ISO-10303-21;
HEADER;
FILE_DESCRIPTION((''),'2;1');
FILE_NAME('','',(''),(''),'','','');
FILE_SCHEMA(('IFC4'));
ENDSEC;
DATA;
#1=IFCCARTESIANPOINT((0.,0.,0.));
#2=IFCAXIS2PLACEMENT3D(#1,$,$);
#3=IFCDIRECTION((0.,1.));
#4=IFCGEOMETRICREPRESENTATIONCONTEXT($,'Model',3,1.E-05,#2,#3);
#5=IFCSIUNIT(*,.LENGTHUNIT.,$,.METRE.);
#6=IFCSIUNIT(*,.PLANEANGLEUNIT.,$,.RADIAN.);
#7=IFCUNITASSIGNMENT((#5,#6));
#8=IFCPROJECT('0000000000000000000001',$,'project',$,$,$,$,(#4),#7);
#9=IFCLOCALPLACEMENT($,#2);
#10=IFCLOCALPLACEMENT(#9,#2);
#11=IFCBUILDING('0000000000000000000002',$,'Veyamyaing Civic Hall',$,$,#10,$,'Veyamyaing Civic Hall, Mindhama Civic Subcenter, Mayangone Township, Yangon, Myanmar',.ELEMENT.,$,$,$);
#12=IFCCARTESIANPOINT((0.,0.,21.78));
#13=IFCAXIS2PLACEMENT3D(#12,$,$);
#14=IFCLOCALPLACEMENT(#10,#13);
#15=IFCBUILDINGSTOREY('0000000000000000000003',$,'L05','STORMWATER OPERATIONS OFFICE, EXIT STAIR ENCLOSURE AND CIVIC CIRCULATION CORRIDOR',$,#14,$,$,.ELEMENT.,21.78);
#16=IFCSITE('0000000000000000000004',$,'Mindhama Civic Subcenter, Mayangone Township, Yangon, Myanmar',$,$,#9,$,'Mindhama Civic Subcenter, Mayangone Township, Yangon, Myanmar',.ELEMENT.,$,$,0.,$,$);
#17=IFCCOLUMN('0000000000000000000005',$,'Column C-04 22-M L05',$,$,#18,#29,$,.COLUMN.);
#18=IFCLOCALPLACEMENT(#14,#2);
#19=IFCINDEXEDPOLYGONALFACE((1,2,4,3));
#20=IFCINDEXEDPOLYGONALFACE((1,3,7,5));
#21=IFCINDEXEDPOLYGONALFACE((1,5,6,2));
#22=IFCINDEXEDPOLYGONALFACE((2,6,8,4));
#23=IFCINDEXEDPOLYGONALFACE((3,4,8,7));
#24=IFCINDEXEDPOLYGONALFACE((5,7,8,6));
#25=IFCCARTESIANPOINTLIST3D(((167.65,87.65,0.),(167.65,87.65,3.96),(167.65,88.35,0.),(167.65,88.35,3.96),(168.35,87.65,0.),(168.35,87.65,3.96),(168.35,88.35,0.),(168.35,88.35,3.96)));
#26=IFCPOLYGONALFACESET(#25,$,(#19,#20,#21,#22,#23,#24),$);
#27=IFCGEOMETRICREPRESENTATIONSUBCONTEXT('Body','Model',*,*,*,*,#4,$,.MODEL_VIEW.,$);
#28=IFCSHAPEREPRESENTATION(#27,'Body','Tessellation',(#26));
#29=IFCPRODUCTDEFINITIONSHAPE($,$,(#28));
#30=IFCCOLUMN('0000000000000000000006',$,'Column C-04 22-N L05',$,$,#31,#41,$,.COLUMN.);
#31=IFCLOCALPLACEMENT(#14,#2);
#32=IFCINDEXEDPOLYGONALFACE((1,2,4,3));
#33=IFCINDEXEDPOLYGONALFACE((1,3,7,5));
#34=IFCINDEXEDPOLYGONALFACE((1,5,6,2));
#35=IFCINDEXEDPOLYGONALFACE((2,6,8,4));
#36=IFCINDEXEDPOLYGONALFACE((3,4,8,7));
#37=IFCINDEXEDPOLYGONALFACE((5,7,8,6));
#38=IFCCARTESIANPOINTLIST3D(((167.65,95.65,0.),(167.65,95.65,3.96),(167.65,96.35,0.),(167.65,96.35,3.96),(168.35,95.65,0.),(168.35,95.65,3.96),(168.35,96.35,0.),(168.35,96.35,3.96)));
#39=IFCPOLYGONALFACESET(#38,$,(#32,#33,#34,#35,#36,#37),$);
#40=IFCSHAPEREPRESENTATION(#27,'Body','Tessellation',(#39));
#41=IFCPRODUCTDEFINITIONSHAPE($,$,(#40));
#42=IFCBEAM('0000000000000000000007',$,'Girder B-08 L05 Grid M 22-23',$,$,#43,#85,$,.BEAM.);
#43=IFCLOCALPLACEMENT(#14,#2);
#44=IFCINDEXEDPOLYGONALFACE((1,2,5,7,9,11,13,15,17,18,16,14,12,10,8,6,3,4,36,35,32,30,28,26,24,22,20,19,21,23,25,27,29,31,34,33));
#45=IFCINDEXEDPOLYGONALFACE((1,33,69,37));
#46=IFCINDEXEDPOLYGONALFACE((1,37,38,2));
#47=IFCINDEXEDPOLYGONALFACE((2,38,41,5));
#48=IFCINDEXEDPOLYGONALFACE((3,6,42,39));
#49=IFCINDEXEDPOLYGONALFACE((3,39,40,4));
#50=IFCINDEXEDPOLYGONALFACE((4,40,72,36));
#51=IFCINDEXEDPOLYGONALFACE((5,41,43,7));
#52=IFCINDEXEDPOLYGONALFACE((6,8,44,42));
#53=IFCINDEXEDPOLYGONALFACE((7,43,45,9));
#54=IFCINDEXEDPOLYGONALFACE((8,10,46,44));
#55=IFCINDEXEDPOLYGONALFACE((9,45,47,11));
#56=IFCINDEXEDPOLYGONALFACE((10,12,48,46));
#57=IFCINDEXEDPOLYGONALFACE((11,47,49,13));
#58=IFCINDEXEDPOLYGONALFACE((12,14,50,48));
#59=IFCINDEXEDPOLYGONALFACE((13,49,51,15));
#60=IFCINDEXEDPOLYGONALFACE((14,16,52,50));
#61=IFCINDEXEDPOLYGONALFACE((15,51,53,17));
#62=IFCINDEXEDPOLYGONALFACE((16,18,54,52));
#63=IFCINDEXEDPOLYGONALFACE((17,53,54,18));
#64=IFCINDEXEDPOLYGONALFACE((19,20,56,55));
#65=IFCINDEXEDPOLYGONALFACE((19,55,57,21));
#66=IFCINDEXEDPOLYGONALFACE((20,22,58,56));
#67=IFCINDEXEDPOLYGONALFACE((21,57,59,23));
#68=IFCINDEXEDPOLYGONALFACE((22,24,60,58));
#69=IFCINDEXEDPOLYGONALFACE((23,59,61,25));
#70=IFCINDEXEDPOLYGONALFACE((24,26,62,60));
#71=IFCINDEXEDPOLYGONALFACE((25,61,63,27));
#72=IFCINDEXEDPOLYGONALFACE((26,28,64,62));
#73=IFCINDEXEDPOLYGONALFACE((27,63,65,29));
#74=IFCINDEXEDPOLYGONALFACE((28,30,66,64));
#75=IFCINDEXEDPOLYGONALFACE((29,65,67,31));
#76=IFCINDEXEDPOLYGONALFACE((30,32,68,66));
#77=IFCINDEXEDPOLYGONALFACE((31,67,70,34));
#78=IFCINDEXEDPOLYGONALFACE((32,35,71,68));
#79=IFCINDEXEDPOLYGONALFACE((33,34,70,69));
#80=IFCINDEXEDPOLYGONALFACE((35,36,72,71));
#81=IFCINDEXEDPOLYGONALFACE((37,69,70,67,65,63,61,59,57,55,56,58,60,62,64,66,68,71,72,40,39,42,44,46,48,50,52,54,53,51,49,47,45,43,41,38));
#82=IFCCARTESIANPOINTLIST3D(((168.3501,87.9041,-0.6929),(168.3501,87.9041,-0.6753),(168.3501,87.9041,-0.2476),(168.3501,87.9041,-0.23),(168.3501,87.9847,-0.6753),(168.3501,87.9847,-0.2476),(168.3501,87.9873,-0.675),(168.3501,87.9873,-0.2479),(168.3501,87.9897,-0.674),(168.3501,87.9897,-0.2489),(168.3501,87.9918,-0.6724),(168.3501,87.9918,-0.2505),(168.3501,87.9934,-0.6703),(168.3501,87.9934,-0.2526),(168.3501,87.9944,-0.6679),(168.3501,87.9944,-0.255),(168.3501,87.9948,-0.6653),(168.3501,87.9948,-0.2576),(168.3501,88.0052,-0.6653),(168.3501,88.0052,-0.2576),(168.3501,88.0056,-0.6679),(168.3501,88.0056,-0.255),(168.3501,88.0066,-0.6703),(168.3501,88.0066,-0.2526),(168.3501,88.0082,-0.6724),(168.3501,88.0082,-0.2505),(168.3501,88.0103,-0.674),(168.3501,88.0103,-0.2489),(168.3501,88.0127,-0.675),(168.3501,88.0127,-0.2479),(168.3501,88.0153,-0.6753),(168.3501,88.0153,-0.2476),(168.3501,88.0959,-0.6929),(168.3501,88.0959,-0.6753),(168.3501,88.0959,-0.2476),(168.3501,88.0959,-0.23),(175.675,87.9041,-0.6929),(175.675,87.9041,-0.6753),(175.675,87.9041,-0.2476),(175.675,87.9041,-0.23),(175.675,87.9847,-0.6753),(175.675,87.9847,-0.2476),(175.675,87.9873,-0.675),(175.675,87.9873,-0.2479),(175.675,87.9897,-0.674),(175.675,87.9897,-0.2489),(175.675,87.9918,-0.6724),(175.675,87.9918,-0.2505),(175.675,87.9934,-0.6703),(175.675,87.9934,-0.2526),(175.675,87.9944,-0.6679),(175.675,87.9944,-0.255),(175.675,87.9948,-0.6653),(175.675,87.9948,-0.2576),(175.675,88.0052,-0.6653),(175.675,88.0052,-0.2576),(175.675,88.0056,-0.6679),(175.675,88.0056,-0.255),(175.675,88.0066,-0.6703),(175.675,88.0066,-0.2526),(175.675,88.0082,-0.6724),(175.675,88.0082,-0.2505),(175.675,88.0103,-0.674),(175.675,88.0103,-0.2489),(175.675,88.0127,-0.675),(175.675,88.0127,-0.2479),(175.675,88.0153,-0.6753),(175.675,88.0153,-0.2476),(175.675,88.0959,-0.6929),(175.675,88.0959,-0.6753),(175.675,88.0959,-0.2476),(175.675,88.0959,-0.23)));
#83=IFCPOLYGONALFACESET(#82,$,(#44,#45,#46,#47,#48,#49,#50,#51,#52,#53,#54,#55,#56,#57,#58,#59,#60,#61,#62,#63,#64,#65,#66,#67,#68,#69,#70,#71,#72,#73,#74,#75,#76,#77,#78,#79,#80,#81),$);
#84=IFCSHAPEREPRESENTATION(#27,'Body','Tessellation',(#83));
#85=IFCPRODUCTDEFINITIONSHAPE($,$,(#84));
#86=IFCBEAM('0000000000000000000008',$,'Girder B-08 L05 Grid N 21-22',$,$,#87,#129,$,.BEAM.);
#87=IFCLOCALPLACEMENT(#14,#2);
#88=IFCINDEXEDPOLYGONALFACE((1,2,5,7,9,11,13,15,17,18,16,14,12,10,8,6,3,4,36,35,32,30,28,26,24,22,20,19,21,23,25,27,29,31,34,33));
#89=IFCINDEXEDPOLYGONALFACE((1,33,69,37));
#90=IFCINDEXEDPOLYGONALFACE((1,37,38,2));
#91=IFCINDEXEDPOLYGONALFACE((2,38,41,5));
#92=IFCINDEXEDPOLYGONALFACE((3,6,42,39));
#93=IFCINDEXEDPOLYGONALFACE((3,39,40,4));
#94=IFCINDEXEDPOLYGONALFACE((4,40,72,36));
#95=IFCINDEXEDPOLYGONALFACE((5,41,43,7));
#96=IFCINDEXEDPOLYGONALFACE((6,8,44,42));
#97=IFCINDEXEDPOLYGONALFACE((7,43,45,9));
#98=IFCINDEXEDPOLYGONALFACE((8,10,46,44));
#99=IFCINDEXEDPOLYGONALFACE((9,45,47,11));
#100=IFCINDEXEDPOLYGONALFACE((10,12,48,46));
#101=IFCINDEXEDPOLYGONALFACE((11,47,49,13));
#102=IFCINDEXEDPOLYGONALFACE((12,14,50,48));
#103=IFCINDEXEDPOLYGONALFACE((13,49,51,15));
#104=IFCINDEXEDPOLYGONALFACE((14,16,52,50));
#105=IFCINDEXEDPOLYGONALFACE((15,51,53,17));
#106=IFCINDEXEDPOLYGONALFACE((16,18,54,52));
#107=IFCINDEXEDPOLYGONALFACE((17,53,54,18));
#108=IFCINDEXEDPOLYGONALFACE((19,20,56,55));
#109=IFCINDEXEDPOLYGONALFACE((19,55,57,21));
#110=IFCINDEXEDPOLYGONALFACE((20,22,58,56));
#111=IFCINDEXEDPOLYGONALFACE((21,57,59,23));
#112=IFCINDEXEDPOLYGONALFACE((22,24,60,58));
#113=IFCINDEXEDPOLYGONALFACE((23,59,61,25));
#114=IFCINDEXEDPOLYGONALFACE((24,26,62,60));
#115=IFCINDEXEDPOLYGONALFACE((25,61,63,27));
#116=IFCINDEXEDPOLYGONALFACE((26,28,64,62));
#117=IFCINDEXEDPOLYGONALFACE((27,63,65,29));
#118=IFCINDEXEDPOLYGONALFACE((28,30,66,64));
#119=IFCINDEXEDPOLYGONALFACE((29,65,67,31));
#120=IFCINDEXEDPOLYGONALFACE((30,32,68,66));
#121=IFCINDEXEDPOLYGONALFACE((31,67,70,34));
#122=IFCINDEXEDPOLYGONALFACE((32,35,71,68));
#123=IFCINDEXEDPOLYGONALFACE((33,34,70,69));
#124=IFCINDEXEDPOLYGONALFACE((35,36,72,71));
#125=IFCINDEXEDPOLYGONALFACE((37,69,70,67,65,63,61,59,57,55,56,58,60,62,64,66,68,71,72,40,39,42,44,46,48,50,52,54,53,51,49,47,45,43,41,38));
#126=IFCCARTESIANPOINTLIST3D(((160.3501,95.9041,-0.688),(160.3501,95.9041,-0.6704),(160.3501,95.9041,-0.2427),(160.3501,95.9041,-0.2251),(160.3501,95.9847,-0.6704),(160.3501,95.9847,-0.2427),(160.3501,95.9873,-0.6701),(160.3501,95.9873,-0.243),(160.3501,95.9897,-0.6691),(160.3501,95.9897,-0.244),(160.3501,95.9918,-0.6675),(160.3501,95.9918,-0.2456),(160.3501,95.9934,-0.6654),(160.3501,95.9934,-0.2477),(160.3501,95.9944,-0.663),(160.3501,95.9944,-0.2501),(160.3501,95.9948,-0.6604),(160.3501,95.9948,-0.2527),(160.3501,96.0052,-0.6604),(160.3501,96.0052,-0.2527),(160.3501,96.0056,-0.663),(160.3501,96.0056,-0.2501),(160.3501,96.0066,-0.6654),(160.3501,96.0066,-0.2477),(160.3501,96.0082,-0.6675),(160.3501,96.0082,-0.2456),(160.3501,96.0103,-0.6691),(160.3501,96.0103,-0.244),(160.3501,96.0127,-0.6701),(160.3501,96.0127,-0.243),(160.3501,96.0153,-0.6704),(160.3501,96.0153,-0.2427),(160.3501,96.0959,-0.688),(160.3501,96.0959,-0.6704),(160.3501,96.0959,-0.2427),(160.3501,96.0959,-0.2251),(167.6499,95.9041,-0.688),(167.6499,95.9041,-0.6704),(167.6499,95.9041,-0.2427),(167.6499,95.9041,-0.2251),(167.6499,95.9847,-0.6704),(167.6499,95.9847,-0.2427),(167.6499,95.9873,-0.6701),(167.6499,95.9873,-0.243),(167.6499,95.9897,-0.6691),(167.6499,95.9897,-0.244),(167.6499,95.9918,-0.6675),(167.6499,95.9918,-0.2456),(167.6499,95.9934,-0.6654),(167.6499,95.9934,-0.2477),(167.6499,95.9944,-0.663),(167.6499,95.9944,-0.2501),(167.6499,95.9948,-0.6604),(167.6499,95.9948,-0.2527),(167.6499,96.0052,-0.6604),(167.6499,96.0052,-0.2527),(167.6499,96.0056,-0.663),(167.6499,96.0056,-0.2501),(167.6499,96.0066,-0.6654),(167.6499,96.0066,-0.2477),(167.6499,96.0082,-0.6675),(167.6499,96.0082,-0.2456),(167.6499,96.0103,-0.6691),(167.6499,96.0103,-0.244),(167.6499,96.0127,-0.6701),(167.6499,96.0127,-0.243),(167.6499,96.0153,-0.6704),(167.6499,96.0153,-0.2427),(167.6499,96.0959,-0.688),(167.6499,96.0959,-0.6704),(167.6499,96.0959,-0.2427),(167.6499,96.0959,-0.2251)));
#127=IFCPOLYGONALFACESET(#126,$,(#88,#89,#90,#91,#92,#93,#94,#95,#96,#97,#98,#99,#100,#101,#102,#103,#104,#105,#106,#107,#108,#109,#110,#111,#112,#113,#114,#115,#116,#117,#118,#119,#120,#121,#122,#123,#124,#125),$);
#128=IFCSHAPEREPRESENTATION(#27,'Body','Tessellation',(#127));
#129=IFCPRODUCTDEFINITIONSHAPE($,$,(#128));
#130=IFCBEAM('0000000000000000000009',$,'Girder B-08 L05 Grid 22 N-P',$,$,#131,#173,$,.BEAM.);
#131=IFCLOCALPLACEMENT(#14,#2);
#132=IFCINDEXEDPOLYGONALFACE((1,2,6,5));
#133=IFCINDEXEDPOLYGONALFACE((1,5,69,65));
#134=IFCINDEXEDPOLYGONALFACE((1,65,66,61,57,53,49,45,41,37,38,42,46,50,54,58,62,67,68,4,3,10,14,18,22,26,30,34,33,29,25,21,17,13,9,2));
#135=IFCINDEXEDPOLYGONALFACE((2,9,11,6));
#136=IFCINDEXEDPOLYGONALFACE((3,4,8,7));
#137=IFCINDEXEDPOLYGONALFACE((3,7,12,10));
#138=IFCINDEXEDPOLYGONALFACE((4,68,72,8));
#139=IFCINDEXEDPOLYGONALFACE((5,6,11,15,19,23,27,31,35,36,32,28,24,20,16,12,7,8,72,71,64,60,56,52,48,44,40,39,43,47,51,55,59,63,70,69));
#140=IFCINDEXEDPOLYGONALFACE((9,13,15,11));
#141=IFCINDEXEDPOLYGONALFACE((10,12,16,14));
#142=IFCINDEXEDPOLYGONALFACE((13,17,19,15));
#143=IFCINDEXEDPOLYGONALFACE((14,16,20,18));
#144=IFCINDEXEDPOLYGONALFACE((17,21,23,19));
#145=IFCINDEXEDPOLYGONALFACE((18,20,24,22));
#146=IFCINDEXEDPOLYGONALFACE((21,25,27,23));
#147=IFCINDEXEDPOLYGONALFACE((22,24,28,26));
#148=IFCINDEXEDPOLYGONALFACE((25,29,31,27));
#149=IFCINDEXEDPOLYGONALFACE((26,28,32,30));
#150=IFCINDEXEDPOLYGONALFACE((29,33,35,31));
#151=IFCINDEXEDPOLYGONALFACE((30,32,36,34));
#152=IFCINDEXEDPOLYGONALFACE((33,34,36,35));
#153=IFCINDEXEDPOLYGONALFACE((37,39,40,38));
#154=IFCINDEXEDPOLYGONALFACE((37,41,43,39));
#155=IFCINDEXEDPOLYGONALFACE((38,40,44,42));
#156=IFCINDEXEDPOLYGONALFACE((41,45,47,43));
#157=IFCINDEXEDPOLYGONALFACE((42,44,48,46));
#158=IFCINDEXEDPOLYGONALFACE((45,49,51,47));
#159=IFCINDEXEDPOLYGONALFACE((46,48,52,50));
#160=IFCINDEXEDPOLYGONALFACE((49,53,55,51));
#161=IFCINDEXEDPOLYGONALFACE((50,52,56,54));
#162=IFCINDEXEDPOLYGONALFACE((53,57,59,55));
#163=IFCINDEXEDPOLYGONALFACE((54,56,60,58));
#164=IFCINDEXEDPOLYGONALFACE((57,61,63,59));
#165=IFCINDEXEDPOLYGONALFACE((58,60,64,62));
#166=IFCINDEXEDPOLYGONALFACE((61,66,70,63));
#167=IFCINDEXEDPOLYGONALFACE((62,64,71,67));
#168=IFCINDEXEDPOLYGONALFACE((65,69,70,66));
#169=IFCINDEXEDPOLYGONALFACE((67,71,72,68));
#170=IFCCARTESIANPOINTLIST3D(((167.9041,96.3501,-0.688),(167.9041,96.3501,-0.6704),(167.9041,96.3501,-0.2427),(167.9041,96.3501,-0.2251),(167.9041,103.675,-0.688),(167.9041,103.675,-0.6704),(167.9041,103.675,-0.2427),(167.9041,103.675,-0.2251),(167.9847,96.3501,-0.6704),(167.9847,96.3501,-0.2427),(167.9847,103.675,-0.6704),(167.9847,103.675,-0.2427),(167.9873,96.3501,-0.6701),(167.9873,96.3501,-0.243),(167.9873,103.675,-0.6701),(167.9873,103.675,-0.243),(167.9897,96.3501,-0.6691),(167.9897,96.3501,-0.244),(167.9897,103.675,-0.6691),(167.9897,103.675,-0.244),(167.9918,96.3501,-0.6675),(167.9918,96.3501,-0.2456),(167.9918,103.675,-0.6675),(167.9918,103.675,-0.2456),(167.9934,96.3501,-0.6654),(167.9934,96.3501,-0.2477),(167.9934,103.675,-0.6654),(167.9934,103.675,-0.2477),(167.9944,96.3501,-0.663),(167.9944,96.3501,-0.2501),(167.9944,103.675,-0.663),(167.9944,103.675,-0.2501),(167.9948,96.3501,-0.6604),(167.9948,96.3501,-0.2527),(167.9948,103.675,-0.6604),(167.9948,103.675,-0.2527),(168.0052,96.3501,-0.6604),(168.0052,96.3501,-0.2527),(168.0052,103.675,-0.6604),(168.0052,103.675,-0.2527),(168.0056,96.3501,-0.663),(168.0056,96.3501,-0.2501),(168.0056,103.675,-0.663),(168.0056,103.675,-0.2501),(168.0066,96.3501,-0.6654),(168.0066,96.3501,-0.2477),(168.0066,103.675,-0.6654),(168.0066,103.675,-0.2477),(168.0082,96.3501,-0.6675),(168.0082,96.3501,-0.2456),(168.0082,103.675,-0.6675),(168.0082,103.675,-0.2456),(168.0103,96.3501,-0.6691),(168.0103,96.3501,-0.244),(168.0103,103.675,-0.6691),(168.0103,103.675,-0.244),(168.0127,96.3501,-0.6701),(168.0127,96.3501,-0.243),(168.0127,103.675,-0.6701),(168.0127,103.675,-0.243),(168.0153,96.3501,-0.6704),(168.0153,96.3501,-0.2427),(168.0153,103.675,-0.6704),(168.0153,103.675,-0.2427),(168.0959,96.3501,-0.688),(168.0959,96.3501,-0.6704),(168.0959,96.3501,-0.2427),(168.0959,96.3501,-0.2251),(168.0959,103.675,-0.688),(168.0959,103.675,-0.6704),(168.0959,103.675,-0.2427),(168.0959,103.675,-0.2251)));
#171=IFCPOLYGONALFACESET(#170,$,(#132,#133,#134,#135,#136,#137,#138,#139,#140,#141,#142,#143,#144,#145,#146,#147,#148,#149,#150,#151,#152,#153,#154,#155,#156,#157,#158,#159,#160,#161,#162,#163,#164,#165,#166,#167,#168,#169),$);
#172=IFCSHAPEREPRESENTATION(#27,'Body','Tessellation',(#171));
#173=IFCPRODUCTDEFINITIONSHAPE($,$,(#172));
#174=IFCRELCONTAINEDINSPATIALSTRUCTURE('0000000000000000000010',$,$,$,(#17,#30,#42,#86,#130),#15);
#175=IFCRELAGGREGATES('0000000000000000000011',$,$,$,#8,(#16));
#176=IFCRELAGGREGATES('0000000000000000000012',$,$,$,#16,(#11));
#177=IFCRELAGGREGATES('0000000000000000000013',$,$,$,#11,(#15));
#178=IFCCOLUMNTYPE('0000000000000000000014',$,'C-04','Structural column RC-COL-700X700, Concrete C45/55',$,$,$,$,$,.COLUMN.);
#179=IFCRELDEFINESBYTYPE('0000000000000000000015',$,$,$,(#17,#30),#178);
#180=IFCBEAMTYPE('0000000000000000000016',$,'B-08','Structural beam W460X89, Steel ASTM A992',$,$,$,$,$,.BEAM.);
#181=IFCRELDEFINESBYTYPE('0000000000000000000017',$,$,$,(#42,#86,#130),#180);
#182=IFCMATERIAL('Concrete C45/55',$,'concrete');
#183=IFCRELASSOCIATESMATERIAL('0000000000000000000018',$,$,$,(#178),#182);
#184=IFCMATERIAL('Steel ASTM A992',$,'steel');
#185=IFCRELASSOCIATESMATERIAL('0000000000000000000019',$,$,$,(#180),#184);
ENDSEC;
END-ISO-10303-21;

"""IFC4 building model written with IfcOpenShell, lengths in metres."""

from ifc_helpers import new_model, si_unit, direction, frame, origin, origin_2d, place, context, subcontext, project, spatial, rectangle, i_section, extrude, material, material_profile, profile_set, type_object, element, save


model = new_model("IFC4")

# Units and contexts
model_context = context("Model", 3, precision=1e-05, world=origin(), true_north=direction((0.0, 1.0)))
body_context = subcontext(model_context, "Body", "Model", "MODEL_VIEW")
ifc_project = project(units=[si_unit("LENGTHUNIT", "METRE"), si_unit("PLANEANGLEUNIT", "RADIAN")], contexts=[model_context])

# Site, building, storey
site_placement = place(None, origin())
site = spatial("IfcSite", under=ifc_project, at=site_placement, Name="Mindhama Civic Subcenter, Mayangone Township, Yangon, Myanmar", LongName="Mindhama Civic Subcenter, Mayangone Township, Yangon, Myanmar", CompositionType="ELEMENT", RefElevation=0.0)
building_placement = place(site_placement, origin())
building = spatial("IfcBuilding", under=site, at=building_placement, Name="Veyamyaing Civic Hall", LongName="Veyamyaing Civic Hall, Mindhama Civic Subcenter, Mayangone Township, Yangon, Myanmar", CompositionType="ELEMENT")
storey_placement = place(building_placement, frame((0.0, 0.0, 21.78)))
storey = spatial("IfcBuildingStorey", under=building, at=storey_placement, Name="L05", Description="STORMWATER OPERATIONS OFFICE, EXIT STAIR ENCLOSURE AND CIVIC CIRCULATION CORRIDOR", CompositionType="ELEMENT", Elevation=21.78)

# Columns
ifc_material_1 = material(Name="Concrete C45/55", Category="concrete")
ifc_material_profile_1 = material_profile(ifc_material_1, rectangle(XDim=0.7, YDim=0.7, at=origin_2d()), Name="RC-COL-700X700")
ifc_profile_set_1 = profile_set([ifc_material_profile_1], Name="Concrete C45/55")
column_type = type_object("IfcColumnType", Name="C-04", Description="Structural column RC-COL-700X700, Concrete C45/55", PredefinedType="COLUMN", material=ifc_profile_set_1)
for number, where, z_axis, x_axis, name in (
    (1, (168.0, 88.0, 0.0), (0.0, 0.0, 1.0), (1.0, 0.0, 0.0), "Column C-04 22-M L05"),
    (2, (168.0, 96.0, 0.0), (0.0, 0.0, 1.0), (1.0, 0.0, 0.0), "Column C-04 22-N L05"),
):
    element("IfcColumn", number, at=place(storey_placement, frame(where, z_axis=z_axis, x_axis=x_axis)), inside=storey, type_object=column_type, Name=name, PredefinedType="COLUMN", context=body_context, shape_type="SweptSolid", body=[
        extrude(rectangle(XDim=0.7, YDim=0.7, at=origin_2d()), origin(), (0.0, 0.0, 1.0), 3.96),
    ])

# Beams
ifc_material_2 = material(Name="Steel ASTM A992", Category="steel")
ifc_material_profile_2 = material_profile(ifc_material_2, i_section(OverallWidth=0.1919, OverallDepth=0.4629, WebThickness=0.0105, FlangeThickness=0.0176, FilletRadius=0.01, at=origin_2d()), Name="W460X89")
ifc_profile_set_2 = profile_set([ifc_material_profile_2], Name="Steel ASTM A992")
beam_type_1 = type_object("IfcBeamType", Name="B-08", Description="Structural beam W460X89, Steel ASTM A992", PredefinedType="BEAM", material=ifc_profile_set_2)
beam_1_placement = place(storey_placement, frame((168.3501, 88.0, -0.4614), z_axis=(1.0, 0.0, 0.0), x_axis=(0.0, 1.0, 0.0)))
element("IfcBeam", 3, at=beam_1_placement, inside=storey, type_object=beam_type_1, Name="Girder B-08 L05 Grid M 22-23", PredefinedType="BEAM", context=body_context, shape_type="SweptSolid", body=[
    extrude(i_section(OverallWidth=0.1919, OverallDepth=0.4629, WebThickness=0.0105, FlangeThickness=0.0176, FilletRadius=0.01, at=origin_2d()), origin(), (0.0, 0.0, 1.0), 7.325),
])
beam_2_placement = place(storey_placement, frame((160.3501, 96.0, -0.4565), z_axis=(1.0, 0.0, 0.0), x_axis=(0.0, 1.0, 0.0)))
element("IfcBeam", 4, at=beam_2_placement, inside=storey, type_object=beam_type_1, Name="Girder B-08 L05 Grid N 21-22", PredefinedType="BEAM", context=body_context, shape_type="SweptSolid", body=[
    extrude(i_section(OverallWidth=0.1919, OverallDepth=0.4629, WebThickness=0.0105, FlangeThickness=0.0176, FilletRadius=0.01, at=origin_2d()), origin(), (0.0, 0.0, 1.0), 7.2998),
])
beam_3_placement = place(storey_placement, frame((168.0, 96.3501, -0.4565), z_axis=(0.0, 1.0, 0.0), x_axis=(-1.0, 0.0, 0.0)))
element("IfcBeam", 5, at=beam_3_placement, inside=storey, type_object=beam_type_1, Name="Girder B-08 L05 Grid 22 N-P", PredefinedType="BEAM", context=body_context, shape_type="SweptSolid", body=[
    extrude(i_section(OverallWidth=0.1919, OverallDepth=0.4629, WebThickness=0.0105, FlangeThickness=0.0176, FilletRadius=0.01, at=origin_2d()), origin(), (0.0, 0.0, 1.0), 7.325),
])

save(model, "model.ifc")
